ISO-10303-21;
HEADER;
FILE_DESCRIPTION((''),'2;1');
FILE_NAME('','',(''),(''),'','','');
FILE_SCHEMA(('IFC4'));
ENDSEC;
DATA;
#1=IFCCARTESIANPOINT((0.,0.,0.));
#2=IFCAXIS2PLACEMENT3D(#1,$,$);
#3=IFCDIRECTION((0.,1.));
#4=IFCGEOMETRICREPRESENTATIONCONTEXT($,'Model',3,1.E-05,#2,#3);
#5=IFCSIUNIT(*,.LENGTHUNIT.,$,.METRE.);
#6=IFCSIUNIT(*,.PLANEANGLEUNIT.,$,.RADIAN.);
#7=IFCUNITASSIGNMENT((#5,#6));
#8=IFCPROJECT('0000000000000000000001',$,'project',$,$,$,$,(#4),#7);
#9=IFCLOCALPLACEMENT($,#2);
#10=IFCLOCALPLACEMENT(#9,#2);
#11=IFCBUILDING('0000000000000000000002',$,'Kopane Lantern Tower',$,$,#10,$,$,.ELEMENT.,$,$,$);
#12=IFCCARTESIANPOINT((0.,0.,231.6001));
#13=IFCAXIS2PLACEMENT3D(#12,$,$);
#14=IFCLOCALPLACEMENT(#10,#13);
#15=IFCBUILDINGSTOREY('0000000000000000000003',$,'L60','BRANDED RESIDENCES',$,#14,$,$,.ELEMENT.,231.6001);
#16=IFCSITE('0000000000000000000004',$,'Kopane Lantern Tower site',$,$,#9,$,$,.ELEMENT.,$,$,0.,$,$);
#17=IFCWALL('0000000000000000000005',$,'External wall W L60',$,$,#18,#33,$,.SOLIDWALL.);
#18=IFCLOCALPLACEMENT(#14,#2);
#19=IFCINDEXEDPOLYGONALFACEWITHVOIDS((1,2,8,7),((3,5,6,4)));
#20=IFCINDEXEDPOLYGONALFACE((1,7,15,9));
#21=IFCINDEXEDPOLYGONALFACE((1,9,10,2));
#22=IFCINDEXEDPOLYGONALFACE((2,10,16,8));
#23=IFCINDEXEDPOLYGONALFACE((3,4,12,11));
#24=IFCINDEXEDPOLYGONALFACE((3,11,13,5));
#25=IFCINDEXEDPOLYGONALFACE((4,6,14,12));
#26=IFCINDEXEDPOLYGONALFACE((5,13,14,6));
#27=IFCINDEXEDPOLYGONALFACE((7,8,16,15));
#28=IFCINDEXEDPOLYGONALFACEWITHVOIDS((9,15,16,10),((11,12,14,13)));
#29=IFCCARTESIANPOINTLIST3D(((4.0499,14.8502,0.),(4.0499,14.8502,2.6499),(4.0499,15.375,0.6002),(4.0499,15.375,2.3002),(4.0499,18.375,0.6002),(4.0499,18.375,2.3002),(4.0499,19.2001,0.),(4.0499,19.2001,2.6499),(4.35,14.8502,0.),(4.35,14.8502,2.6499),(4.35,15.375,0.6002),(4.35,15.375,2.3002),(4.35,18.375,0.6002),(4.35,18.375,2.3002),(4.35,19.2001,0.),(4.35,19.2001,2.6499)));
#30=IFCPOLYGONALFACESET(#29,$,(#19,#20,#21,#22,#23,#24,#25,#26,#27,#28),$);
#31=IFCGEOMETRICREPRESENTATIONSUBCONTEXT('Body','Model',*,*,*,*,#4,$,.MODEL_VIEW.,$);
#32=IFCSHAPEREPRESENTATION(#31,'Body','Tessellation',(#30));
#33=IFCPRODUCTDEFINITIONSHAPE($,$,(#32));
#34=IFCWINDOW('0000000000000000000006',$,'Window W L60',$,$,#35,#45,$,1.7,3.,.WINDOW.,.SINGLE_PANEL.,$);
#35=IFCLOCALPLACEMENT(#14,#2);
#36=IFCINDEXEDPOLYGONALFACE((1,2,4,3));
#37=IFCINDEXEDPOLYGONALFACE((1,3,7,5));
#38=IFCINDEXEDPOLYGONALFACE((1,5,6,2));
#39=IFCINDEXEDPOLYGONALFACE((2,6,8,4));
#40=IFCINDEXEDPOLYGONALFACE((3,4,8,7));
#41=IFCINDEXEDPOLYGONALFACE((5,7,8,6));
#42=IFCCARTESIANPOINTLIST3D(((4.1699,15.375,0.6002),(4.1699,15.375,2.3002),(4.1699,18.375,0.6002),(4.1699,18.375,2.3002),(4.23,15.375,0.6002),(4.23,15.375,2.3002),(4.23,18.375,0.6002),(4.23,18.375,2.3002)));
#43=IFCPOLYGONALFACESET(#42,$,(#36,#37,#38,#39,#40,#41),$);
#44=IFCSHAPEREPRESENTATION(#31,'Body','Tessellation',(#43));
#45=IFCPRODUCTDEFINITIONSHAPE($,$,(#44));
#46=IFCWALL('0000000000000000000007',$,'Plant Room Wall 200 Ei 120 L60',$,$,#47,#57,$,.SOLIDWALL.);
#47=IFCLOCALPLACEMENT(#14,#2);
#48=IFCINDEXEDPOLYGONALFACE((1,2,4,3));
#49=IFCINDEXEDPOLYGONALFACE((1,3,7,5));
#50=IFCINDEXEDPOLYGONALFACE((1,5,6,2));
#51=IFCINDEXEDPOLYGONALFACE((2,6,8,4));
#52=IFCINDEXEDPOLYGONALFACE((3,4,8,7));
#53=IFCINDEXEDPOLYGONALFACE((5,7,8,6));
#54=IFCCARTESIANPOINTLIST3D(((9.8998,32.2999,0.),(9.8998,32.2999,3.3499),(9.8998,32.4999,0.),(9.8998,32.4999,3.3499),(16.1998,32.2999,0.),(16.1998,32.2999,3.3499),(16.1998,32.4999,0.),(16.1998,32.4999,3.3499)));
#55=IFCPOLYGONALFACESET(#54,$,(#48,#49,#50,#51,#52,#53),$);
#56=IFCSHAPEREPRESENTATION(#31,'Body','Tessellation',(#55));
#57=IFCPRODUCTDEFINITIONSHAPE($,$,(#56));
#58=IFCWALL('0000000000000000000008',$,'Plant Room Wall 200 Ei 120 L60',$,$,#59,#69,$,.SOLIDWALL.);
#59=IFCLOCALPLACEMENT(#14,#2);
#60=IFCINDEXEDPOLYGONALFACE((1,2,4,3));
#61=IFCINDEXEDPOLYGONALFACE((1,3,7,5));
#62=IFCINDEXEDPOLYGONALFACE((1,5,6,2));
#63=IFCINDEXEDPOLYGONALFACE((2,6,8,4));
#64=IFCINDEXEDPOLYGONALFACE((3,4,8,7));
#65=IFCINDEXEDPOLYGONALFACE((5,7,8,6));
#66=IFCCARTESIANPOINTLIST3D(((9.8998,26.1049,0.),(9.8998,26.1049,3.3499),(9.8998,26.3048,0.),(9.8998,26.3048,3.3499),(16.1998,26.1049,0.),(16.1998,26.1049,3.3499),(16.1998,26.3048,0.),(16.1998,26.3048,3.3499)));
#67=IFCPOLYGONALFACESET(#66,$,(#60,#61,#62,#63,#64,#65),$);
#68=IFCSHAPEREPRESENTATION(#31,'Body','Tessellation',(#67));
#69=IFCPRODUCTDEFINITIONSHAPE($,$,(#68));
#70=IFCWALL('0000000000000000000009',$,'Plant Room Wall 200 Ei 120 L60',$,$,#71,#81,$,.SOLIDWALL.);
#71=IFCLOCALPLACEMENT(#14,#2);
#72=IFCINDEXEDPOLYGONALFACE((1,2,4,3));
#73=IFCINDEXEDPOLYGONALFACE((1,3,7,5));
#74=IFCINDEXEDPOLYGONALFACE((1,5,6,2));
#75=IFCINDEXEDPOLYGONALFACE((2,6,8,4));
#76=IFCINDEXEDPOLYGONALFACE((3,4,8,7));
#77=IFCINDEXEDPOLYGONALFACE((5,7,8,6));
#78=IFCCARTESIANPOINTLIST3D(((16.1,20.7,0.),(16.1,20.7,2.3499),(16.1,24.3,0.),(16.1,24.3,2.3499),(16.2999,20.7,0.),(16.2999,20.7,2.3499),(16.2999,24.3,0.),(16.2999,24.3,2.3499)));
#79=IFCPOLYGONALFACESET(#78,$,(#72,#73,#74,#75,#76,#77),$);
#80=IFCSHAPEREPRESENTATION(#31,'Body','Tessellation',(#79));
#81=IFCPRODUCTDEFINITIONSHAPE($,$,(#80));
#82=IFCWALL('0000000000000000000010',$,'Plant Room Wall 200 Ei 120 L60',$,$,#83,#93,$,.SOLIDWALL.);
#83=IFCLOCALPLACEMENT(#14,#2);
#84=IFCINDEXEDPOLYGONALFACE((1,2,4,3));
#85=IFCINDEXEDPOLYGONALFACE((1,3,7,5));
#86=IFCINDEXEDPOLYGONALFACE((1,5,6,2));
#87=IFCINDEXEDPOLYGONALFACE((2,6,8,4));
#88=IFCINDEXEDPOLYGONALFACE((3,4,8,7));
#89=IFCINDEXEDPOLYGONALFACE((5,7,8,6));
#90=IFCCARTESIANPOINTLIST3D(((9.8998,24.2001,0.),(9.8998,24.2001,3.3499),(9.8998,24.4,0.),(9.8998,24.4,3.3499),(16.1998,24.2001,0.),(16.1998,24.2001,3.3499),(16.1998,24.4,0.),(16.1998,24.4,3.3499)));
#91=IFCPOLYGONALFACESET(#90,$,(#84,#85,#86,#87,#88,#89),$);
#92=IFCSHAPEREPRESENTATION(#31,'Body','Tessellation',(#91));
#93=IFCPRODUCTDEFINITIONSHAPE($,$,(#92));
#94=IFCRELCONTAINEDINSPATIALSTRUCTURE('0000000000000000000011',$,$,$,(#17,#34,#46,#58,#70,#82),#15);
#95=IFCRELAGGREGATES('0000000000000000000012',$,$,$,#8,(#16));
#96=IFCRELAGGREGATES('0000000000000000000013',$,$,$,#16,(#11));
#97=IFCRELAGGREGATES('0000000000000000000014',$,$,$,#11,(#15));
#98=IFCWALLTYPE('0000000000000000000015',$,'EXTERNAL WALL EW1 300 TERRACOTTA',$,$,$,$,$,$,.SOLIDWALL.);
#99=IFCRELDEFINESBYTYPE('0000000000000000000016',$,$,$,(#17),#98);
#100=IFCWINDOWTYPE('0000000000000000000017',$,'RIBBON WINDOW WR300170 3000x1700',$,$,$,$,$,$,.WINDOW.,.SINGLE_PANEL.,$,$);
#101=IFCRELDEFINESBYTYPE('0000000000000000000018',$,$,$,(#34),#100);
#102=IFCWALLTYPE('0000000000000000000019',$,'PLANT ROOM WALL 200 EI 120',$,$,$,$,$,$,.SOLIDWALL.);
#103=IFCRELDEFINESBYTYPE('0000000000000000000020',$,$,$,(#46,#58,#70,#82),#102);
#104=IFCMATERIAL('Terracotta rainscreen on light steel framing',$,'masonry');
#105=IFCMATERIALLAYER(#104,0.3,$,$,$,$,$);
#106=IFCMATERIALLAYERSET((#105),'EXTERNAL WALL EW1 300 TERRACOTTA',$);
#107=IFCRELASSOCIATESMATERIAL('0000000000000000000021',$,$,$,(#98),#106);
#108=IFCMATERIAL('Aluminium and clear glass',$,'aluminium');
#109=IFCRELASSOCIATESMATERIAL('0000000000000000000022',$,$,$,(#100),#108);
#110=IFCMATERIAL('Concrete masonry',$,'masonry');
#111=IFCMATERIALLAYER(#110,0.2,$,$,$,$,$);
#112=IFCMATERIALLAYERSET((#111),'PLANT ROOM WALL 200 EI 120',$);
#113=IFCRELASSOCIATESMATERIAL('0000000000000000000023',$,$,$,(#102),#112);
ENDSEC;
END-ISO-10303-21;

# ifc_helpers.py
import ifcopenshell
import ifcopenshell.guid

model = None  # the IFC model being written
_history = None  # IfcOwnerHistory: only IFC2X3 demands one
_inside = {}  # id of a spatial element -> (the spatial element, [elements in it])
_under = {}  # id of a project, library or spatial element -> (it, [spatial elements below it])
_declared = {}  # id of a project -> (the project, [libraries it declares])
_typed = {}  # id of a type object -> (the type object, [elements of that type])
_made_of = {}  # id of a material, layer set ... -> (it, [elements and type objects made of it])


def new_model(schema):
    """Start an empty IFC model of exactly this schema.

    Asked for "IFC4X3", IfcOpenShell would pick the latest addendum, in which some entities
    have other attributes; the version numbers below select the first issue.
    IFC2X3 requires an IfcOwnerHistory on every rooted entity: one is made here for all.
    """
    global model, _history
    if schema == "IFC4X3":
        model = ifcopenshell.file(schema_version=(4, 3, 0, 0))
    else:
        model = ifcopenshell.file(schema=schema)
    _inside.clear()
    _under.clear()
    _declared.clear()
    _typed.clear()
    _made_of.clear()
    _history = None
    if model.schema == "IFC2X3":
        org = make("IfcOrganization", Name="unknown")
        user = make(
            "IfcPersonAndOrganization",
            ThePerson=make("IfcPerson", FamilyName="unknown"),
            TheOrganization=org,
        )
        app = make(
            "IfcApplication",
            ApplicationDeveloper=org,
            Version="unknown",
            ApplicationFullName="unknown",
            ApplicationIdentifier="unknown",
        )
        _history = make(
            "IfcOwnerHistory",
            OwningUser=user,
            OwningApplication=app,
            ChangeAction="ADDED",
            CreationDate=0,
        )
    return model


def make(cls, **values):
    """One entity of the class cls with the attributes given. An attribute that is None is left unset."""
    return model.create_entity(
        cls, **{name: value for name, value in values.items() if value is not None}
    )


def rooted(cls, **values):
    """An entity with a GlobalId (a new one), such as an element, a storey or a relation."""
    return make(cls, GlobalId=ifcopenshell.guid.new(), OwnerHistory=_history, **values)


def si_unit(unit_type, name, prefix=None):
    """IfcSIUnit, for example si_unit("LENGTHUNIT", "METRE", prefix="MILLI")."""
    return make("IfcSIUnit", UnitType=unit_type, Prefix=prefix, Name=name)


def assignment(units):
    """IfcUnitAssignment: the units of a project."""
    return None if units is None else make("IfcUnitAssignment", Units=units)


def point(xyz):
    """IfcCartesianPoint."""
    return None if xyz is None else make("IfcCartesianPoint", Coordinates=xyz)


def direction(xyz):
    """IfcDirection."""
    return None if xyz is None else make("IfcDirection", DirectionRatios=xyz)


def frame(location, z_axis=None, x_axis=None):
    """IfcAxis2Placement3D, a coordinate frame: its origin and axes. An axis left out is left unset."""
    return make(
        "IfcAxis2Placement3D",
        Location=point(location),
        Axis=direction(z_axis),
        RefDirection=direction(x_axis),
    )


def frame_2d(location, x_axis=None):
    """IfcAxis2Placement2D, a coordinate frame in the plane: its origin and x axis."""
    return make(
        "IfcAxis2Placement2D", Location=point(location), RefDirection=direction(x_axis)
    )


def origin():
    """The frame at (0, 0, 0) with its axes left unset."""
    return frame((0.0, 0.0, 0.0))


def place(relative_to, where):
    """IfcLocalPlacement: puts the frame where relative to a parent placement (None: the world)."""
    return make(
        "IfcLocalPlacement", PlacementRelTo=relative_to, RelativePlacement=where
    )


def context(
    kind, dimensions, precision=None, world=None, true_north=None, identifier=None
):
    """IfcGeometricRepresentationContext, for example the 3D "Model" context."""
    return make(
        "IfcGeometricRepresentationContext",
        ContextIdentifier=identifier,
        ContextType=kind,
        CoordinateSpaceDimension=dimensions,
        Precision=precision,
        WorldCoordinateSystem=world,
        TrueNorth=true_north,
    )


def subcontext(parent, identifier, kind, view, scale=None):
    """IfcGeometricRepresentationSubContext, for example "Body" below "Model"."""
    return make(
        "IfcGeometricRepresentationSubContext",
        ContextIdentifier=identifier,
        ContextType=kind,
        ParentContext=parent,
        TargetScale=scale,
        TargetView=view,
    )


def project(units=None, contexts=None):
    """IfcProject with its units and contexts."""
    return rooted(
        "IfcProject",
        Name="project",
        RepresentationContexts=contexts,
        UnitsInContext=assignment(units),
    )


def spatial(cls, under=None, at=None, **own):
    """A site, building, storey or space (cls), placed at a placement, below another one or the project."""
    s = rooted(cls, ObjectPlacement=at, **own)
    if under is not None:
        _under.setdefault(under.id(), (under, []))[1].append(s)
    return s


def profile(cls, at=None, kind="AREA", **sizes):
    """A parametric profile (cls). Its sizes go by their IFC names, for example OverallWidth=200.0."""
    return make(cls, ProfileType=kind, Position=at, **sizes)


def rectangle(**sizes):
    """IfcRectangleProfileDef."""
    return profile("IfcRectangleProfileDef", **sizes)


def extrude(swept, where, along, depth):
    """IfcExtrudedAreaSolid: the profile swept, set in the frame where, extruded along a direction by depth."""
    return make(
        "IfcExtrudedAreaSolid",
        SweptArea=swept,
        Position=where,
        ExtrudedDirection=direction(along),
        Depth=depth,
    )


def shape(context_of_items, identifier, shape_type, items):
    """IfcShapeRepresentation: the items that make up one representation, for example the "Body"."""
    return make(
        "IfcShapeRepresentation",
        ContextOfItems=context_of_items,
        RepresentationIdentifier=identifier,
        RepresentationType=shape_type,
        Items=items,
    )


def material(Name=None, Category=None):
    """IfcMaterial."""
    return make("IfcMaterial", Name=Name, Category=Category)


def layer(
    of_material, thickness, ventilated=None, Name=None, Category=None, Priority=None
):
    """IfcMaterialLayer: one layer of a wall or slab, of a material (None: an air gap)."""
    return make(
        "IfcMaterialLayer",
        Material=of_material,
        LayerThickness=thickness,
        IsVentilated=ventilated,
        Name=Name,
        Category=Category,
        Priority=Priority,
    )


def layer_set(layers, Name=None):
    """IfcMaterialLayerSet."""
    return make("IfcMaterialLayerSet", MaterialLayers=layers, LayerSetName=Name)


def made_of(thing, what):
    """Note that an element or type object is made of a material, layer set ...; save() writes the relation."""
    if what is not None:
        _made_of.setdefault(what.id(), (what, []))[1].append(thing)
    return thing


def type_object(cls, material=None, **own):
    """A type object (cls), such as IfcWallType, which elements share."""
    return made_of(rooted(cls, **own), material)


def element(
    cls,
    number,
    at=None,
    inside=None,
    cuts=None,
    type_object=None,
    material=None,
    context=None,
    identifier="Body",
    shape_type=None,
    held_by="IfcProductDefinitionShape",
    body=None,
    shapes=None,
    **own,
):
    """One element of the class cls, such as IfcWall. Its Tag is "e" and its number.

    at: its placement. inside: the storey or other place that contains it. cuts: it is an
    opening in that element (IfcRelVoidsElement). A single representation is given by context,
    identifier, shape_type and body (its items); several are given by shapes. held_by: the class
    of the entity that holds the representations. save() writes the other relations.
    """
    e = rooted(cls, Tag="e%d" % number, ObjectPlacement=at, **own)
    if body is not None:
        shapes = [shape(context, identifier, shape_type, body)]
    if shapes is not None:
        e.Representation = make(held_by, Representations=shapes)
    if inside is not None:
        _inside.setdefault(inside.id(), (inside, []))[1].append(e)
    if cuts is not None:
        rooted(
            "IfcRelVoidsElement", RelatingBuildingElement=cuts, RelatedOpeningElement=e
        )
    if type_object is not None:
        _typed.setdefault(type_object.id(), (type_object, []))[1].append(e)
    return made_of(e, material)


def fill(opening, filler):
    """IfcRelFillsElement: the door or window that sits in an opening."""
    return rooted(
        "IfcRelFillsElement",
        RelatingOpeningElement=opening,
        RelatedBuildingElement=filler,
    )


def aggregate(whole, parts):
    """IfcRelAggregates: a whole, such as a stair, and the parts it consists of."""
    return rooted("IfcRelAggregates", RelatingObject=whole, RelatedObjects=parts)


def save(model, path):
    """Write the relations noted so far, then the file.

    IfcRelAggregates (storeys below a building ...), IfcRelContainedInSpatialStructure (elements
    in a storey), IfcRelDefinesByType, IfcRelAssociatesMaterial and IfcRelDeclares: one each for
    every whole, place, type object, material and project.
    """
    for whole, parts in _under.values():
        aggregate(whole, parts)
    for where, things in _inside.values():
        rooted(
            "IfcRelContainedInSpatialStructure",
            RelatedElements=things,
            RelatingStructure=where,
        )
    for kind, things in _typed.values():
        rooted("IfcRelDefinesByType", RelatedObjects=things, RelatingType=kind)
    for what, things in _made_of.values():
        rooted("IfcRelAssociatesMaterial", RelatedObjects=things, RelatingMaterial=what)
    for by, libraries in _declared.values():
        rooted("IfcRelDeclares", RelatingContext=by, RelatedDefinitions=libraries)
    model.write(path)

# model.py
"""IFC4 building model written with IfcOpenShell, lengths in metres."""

from ifc_helpers import new_model, si_unit, direction, frame, frame_2d, origin, place, context, subcontext, project, spatial, rectangle, extrude, material, layer, layer_set, type_object, element, fill, save


model = new_model("IFC4")

# Units and contexts
model_context = context("Model", 3, precision=1e-05, world=origin(), true_north=direction((0.0, 1.0)))
body_context = subcontext(model_context, "Body", "Model", "MODEL_VIEW")
ifc_project = project(units=[si_unit("LENGTHUNIT", "METRE"), si_unit("PLANEANGLEUNIT", "RADIAN")], contexts=[model_context])

# Site, building, storey
site_placement = place(None, origin())
site = spatial("IfcSite", under=ifc_project, at=site_placement, Name="Kopane Lantern Tower site", CompositionType="ELEMENT", RefElevation=0.0)
building_placement = place(site_placement, origin())
building = spatial("IfcBuilding", under=site, at=building_placement, Name="Kopane Lantern Tower", CompositionType="ELEMENT")
storey_placement = place(building_placement, frame((0.0, 0.0, 231.6001)))
storey = spatial("IfcBuildingStorey", under=building, at=storey_placement, Name="L60", Description="BRANDED RESIDENCES", CompositionType="ELEMENT", Elevation=231.6001)

# Wall, opening, window
ifc_material_1 = material(Name="Terracotta rainscreen on light steel framing", Category="masonry")
ifc_layer_1 = layer(ifc_material_1, 0.3)
ifc_layer_set_1 = layer_set([ifc_layer_1], Name="EXTERNAL WALL EW1 300 TERRACOTTA")
wall_type_1 = type_object("IfcWallType", Name="EXTERNAL WALL EW1 300 TERRACOTTA", PredefinedType="SOLIDWALL", material=ifc_layer_set_1)
ifc_material_2 = material(Name="Aluminium and clear glass", Category="aluminium")
window_type = type_object("IfcWindowType", Name="RIBBON WINDOW WR300170 3000x1700", PartitioningType="SINGLE_PANEL", PredefinedType="WINDOW", material=ifc_material_2)
wall_1_placement = place(storey_placement, frame((4.2, 19.2, 0.0), z_axis=(0.0, 0.0, 1.0), x_axis=(0.0, -1.0, 0.0)))
wall_1 = element("IfcWall", 1, at=wall_1_placement, inside=storey, type_object=wall_type_1, Name="External wall W L60", PredefinedType="SOLIDWALL", context=body_context, shape_type="SweptSolid", body=[
    extrude(rectangle(XDim=4.3499, YDim=0.3, at=frame_2d((2.1748, 0.0))), origin(), (0.0, 0.0, 1.0), 2.6499),
])
opening_1_placement = place(wall_1_placement, frame((0.825, 0.0, 0.6001)))
opening_1 = element("IfcOpeningElement", 2, at=opening_1_placement, cuts=wall_1, PredefinedType="OPENING", context=body_context, shape_type="SweptSolid", body=[
    extrude(rectangle(XDim=3.0, YDim=1.7, at=frame_2d((1.5, 0.8501))), frame((0.0, 0.1599, 0.0), z_axis=(0.0, -1.0, 0.0), x_axis=(1.0, 0.0, 0.0)), (0.0, 0.0, 1.0), 0.3201),
])
window_1_placement = place(opening_1_placement, origin())
window_1 = element("IfcWindow", 3, at=window_1_placement, inside=storey, type_object=window_type, Name="Window W L60", OverallHeight=1.7, OverallWidth=3.0, PartitioningType="SINGLE_PANEL", PredefinedType="WINDOW", context=body_context, shape_type="SweptSolid", body=[
    extrude(rectangle(XDim=3.0, YDim=1.7, at=frame_2d((1.5, 0.8501))), frame((0.0, 0.03, 0.0), z_axis=(0.0, -1.0, 0.0), x_axis=(1.0, 0.0, 0.0)), (0.0, 0.0, 1.0), 0.0601),
])
fill(opening_1, window_1)

# Walls
ifc_material_3 = material(Name="Concrete masonry", Category="masonry")
ifc_layer_2 = layer(ifc_material_3, 0.2)
ifc_layer_set_2 = layer_set([ifc_layer_2], Name="PLANT ROOM WALL 200 EI 120")
wall_type_2 = type_object("IfcWallType", Name="PLANT ROOM WALL 200 EI 120", PredefinedType="SOLIDWALL", material=ifc_layer_set_2)
for number, where, z_axis, x_axis, name in (
    (4, (9.8999, 32.3999, 0.0), (0.0, 0.0, 1.0), (1.0, 0.0, 0.0), "Plant Room Wall 200 Ei 120 L60"),
    (5, (9.8999, 26.2048, 0.0), (0.0, 0.0, 1.0), (1.0, 0.0, 0.0), "Plant Room Wall 200 Ei 120 L60"),
):
    element("IfcWall", number, at=place(storey_placement, frame(where, z_axis=z_axis, x_axis=x_axis)), inside=storey, type_object=wall_type_2, Name=name, PredefinedType="SOLIDWALL", context=body_context, shape_type="SweptSolid", body=[
        extrude(rectangle(XDim=6.3, YDim=0.2, at=frame_2d((3.1499, 0.0))), origin(), (0.0, 0.0, 1.0), 3.3499),
    ])
wall_2_placement = place(storey_placement, frame((16.2, 20.7, 0.0), z_axis=(0.0, 0.0, 1.0), x_axis=(0.0, 1.0, 0.0)))
element("IfcWall", 6, at=wall_2_placement, inside=storey, type_object=wall_type_2, Name="Plant Room Wall 200 Ei 120 L60", PredefinedType="SOLIDWALL", context=body_context, shape_type="SweptSolid", body=[
    extrude(rectangle(XDim=3.6001, YDim=0.2, at=frame_2d((1.8, 0.0))), origin(), (0.0, 0.0, 1.0), 2.3499),
])
wall_3_placement = place(storey_placement, frame((9.8999, 24.3, 0.0), z_axis=(0.0, 0.0, 1.0), x_axis=(1.0, 0.0, 0.0)))
element("IfcWall", 7, at=wall_3_placement, inside=storey, type_object=wall_type_2, Name="Plant Room Wall 200 Ei 120 L60", PredefinedType="SOLIDWALL", context=body_context, shape_type="SweptSolid", body=[
    extrude(rectangle(XDim=6.3, YDim=0.2, at=frame_2d((3.1499, 0.0))), origin(), (0.0, 0.0, 1.0), 3.3499),
])

save(model, "model.ifc")
